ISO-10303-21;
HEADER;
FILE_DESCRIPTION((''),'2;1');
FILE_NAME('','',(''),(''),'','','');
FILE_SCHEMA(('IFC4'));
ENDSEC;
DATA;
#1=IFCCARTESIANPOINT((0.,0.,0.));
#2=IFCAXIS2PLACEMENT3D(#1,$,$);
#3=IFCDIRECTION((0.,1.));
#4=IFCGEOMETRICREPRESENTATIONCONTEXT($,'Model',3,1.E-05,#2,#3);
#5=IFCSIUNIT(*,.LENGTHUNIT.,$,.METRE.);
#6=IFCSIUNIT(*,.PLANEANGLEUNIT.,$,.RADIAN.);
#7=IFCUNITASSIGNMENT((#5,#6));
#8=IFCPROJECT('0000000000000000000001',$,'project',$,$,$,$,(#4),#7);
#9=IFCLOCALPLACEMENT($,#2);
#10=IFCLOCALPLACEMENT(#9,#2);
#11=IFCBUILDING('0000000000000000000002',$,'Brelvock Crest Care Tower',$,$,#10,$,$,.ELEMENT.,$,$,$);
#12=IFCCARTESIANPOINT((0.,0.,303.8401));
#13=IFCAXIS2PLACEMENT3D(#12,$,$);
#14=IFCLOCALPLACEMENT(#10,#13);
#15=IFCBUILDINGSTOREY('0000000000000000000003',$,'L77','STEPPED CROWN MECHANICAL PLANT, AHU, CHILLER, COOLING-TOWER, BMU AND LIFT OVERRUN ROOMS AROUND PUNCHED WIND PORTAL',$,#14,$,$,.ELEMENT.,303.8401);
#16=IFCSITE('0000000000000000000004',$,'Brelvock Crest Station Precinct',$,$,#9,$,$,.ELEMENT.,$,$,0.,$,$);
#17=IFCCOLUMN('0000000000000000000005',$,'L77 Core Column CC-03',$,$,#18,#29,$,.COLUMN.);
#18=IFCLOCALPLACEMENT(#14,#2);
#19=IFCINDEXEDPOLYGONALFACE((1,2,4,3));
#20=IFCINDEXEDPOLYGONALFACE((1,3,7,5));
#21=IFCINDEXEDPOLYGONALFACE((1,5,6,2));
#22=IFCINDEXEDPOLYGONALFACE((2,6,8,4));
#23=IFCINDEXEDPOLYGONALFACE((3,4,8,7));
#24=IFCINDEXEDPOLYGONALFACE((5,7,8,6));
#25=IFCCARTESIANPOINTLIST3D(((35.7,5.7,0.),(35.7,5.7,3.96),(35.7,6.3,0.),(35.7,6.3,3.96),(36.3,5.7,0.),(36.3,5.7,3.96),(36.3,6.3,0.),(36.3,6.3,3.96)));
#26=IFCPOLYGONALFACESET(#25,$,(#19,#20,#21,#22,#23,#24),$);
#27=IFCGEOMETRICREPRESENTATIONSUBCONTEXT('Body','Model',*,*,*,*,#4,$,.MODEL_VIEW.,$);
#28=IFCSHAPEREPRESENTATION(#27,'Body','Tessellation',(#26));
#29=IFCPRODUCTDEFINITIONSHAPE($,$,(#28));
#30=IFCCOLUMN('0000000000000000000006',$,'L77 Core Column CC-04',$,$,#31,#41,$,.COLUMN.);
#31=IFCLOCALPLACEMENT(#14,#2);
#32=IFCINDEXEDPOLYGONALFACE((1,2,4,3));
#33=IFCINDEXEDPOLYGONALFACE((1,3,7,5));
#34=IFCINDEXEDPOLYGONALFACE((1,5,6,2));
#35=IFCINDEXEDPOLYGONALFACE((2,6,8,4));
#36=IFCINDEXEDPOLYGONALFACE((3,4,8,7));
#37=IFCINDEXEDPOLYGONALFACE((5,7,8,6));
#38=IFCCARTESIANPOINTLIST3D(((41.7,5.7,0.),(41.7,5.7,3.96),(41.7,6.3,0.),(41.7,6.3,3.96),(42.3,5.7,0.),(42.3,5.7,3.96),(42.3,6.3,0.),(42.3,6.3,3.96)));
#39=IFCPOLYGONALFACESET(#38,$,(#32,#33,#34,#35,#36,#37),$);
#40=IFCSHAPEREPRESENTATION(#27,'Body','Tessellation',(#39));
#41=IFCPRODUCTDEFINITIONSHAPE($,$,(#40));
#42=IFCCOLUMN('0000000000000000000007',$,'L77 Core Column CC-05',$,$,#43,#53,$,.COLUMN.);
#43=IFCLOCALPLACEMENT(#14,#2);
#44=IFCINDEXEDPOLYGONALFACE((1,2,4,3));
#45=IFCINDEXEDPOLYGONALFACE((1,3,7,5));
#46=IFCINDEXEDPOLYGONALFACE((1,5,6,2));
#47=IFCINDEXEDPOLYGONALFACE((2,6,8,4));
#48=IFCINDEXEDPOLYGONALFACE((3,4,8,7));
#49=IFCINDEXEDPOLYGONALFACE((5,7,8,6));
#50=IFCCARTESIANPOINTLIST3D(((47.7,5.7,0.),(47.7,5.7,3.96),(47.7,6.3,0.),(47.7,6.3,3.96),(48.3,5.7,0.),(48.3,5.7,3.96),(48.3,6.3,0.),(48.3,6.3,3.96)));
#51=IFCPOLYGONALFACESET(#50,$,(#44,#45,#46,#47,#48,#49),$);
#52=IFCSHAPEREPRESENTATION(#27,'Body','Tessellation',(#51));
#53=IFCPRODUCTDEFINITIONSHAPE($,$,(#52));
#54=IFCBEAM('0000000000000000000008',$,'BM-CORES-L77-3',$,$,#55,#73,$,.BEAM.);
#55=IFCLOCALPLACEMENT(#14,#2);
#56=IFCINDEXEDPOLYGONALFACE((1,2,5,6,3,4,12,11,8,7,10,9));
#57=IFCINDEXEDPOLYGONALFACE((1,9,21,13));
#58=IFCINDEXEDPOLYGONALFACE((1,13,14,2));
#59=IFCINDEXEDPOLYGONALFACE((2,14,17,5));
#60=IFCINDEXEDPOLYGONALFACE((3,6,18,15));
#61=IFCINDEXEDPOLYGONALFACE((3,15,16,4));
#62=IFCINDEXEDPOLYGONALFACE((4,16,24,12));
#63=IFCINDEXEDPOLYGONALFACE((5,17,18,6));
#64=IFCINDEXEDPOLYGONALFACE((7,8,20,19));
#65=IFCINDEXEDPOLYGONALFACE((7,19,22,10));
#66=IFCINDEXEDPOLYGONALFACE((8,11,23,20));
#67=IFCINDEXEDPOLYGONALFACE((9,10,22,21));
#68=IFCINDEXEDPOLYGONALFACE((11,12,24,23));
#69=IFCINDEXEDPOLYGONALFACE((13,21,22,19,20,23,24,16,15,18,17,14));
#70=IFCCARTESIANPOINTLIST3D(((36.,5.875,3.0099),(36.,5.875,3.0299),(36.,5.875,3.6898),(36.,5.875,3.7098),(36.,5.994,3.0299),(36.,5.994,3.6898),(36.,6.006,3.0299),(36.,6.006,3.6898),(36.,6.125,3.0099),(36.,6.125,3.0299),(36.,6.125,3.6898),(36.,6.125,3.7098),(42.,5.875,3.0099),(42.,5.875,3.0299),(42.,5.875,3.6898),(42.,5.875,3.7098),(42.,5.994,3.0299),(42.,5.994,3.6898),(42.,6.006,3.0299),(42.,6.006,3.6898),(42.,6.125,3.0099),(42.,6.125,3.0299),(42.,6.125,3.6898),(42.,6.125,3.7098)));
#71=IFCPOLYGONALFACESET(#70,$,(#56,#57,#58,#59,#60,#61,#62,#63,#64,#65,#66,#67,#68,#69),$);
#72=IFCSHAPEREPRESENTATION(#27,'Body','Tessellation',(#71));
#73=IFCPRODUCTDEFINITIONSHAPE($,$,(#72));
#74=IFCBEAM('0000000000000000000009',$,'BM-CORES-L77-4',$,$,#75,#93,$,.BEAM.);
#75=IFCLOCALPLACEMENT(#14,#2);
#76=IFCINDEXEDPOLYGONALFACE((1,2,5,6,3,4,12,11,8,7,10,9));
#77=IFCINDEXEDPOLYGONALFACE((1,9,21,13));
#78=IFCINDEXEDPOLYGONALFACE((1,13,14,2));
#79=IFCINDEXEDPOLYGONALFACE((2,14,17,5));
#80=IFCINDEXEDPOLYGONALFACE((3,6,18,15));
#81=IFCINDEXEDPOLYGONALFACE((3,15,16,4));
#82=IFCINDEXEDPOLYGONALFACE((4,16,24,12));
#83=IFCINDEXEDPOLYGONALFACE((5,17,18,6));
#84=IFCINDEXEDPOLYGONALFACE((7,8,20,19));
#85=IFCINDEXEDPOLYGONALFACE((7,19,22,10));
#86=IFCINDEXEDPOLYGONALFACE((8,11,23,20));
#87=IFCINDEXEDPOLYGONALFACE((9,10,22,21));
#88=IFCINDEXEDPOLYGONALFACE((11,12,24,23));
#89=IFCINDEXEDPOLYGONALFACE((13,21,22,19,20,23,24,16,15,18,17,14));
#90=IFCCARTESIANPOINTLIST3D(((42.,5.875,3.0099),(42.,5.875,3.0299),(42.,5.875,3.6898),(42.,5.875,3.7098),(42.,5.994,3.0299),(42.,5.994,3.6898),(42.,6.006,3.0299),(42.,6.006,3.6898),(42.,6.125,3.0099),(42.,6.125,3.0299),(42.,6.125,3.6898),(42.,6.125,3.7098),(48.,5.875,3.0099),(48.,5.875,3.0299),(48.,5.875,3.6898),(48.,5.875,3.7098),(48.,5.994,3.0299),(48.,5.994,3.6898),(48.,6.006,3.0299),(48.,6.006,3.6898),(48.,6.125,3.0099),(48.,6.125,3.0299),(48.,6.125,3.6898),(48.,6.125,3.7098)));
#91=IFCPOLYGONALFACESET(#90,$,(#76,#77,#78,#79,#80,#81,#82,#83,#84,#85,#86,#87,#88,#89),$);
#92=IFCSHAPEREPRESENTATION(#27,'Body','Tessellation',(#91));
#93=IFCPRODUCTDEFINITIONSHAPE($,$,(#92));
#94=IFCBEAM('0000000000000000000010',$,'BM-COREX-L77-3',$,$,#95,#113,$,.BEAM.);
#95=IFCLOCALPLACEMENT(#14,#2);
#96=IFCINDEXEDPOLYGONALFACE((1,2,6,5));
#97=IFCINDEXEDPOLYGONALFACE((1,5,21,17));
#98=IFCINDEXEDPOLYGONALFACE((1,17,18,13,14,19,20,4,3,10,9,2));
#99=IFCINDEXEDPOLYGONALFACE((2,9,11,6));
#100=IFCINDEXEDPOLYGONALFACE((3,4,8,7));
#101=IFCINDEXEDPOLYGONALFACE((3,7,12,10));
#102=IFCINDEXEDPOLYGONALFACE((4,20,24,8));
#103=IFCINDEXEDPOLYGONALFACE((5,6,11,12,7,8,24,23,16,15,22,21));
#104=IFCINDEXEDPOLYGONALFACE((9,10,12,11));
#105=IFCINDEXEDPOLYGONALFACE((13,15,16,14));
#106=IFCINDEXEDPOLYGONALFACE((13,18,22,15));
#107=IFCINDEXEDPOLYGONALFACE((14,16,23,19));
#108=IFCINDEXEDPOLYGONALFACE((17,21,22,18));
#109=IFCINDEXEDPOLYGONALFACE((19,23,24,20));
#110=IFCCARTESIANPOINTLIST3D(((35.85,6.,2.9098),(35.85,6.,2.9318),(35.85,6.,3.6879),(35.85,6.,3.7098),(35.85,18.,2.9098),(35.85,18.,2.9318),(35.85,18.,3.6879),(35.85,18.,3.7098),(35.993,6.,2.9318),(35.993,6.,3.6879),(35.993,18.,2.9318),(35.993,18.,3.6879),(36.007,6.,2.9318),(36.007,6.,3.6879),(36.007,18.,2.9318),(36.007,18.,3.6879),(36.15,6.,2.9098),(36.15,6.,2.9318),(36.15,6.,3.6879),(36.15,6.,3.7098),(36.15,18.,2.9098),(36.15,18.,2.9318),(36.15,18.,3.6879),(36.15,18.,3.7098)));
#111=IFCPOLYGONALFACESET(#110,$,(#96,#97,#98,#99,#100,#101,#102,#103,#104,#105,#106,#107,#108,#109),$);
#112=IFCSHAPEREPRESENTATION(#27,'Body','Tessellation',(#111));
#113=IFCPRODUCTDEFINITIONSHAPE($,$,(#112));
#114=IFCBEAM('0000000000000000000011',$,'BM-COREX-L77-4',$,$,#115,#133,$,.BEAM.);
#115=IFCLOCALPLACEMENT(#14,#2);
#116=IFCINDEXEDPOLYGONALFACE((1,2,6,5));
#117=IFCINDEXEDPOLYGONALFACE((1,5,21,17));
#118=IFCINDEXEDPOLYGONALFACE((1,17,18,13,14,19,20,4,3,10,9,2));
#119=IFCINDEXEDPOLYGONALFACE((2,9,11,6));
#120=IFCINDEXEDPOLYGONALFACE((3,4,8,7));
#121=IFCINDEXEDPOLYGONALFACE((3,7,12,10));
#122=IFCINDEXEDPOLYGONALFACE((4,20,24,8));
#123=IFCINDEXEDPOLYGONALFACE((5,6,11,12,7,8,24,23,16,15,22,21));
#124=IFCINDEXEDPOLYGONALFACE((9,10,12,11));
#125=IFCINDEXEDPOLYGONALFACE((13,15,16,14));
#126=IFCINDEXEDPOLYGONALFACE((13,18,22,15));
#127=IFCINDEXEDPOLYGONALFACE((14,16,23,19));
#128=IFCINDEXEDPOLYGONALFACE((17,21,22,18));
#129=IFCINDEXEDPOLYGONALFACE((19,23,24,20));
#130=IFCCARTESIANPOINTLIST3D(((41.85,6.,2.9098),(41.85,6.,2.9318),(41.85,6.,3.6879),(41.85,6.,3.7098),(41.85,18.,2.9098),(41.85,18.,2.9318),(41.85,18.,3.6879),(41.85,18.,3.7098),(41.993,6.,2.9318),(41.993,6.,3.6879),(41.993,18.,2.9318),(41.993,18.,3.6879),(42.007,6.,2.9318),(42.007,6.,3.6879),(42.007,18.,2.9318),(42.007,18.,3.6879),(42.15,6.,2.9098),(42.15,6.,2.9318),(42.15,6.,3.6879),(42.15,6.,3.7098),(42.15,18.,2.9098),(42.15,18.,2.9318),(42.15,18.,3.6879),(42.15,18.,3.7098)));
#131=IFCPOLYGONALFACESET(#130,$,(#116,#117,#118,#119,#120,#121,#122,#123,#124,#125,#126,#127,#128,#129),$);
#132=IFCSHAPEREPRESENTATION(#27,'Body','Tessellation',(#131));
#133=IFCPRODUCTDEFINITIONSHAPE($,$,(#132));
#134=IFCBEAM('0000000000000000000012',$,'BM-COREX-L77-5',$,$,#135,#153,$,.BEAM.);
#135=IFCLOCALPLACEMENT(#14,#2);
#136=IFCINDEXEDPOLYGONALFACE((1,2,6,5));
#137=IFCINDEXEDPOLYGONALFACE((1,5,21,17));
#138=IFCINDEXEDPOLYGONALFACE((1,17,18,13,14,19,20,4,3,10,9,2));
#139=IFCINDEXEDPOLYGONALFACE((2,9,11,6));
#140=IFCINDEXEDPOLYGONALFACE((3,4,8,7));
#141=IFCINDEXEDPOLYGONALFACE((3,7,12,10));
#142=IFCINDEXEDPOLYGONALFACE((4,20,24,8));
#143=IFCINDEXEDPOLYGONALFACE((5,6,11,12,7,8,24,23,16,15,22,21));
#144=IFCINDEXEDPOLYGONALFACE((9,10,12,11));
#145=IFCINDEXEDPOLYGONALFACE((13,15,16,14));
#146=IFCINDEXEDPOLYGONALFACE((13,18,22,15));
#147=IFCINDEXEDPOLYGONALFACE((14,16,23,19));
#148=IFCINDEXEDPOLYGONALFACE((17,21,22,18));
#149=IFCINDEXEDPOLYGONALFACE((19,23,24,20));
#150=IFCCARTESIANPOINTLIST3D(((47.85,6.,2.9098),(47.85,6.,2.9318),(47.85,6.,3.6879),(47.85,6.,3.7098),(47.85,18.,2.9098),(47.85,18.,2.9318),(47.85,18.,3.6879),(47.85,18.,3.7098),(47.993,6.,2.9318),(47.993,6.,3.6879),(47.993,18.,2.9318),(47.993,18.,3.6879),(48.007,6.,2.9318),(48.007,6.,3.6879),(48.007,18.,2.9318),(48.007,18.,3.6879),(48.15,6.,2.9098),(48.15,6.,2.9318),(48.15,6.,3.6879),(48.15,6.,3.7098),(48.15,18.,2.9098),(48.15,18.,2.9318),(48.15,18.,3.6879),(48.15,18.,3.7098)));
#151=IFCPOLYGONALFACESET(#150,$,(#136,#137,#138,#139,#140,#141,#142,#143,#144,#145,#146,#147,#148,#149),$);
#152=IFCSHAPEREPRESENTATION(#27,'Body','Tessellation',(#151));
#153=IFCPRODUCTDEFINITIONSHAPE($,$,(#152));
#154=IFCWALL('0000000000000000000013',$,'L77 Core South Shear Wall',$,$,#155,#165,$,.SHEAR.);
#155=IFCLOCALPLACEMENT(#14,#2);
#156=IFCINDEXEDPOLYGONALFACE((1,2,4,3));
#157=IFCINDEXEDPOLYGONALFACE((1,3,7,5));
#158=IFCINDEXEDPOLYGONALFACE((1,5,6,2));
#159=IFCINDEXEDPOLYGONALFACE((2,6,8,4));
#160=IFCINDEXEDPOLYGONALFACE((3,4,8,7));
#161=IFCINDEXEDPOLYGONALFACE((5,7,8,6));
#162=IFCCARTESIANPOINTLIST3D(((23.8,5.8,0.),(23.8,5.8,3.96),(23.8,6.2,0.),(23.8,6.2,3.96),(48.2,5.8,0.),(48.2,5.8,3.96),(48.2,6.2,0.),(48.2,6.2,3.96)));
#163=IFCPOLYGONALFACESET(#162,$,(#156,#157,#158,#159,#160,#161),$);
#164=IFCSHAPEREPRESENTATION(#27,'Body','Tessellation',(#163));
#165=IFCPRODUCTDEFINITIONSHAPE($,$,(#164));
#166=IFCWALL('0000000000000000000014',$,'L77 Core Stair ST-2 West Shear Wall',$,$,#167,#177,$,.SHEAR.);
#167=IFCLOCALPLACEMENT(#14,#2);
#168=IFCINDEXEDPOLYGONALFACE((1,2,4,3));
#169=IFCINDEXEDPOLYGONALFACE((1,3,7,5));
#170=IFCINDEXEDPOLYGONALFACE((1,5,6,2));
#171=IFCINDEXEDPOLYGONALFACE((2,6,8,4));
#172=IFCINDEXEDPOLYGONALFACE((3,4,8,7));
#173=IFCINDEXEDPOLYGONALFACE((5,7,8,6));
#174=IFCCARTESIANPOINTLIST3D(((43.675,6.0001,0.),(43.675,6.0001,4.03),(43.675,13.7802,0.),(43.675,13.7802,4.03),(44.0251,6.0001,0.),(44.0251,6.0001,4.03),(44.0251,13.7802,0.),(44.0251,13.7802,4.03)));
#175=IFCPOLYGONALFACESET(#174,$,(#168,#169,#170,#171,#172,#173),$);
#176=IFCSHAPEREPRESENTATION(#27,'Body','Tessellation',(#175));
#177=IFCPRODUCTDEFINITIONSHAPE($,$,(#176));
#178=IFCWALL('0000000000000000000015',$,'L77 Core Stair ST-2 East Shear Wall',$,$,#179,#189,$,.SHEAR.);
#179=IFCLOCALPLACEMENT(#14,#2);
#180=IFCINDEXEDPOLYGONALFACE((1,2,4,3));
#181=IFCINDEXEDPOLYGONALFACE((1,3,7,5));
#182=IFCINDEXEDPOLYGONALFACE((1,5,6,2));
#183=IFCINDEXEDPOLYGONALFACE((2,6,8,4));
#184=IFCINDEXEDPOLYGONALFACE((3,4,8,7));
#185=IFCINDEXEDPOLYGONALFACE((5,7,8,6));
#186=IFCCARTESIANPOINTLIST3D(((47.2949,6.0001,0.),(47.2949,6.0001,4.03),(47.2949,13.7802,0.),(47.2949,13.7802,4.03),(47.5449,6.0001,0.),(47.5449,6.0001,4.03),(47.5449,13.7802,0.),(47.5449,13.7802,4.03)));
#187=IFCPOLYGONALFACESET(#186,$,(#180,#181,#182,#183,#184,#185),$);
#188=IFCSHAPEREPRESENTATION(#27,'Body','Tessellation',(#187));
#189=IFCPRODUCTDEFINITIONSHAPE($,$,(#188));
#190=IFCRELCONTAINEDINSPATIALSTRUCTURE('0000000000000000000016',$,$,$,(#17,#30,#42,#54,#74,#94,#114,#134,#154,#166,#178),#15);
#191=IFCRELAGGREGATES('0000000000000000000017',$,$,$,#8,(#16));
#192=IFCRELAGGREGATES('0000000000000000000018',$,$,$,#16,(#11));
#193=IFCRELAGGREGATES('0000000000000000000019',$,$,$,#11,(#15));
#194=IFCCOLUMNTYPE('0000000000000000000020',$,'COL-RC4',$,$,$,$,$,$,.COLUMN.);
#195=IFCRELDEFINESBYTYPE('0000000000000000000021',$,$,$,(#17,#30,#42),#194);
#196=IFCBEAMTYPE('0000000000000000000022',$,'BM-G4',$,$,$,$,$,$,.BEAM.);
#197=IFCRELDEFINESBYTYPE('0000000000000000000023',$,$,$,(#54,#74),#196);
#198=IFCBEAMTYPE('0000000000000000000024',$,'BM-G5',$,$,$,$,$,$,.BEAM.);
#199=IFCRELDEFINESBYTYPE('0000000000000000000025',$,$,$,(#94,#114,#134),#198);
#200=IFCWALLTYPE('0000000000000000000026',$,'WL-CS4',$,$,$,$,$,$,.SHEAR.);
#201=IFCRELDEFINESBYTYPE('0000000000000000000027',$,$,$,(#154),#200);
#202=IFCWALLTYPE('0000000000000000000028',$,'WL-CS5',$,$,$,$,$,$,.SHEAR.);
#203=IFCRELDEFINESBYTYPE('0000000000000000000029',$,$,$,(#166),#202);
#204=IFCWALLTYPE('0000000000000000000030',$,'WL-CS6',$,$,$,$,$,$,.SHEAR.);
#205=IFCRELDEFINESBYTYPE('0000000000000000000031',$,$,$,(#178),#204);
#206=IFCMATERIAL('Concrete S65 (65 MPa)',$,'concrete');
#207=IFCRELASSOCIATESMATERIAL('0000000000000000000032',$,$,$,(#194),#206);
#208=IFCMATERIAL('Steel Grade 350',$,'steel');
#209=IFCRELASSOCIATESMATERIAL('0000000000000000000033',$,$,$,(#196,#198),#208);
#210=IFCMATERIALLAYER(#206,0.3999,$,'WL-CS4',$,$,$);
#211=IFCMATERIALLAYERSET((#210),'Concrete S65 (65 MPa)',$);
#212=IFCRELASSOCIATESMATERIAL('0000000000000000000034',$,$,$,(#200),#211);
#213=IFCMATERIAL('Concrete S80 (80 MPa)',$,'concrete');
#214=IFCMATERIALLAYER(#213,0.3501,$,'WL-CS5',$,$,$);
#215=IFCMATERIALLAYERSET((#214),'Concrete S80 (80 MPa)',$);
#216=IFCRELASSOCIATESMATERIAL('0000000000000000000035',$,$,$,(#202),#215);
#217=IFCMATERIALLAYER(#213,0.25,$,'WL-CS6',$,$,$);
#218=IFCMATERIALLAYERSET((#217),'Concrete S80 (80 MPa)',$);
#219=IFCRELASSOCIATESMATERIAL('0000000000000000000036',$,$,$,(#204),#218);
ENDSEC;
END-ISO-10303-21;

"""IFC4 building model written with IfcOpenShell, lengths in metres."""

from ifc_helpers import new_model, si_unit, direction, frame, frame_2d, origin, origin_2d, place, context, subcontext, project, spatial, rectangle, i_section, extrude, source, transform, mapped, material, layer, layer_set, material_profile, profile_set, type_object, element, save


model = new_model("IFC4")

# Units and contexts
model_context = context("Model", 3, precision=1e-05, world=origin(), true_north=direction((0.0, 1.0)))
body_context = subcontext(model_context, "Body", "Model", "MODEL_VIEW")
ifc_project = project(units=[si_unit("LENGTHUNIT", "METRE"), si_unit("PLANEANGLEUNIT", "RADIAN")], contexts=[model_context])

# Site, building, storey
site_placement = place(None, origin())
site = spatial("IfcSite", under=ifc_project, at=site_placement, Name="Brelvock Crest Station Precinct", CompositionType="ELEMENT", RefElevation=0.0)
building_placement = place(site_placement, origin())
building = spatial("IfcBuilding", under=site, at=building_placement, Name="Brelvock Crest Care Tower", CompositionType="ELEMENT")
storey_placement = place(building_placement, frame((0.0, 0.0, 303.8401)))
storey = spatial("IfcBuildingStorey", under=building, at=storey_placement, Name="L77", Description="STEPPED CROWN MECHANICAL PLANT, AHU, CHILLER, COOLING-TOWER, BMU AND LIFT OVERRUN ROOMS AROUND PUNCHED WIND PORTAL", CompositionType="ELEMENT", Elevation=303.8401)

# Columns
ifc_material_1 = material(Name="Concrete S65 (65 MPa)", Category="concrete")
ifc_material_profile_1 = material_profile(ifc_material_1, rectangle(XDim=0.6001, YDim=0.6001, at=origin_2d()), Name="RC600x600")
ifc_profile_set_1 = profile_set([ifc_material_profile_1], Name="Concrete S65 (65 MPa)")
column_type = type_object("IfcColumnType", Name="COL-RC4", PredefinedType="COLUMN", material=ifc_profile_set_1)
shared_shape_1 = source(origin(), body_context, "Body", "SweptSolid", [
    extrude(rectangle(XDim=0.6001, YDim=0.6001, at=origin_2d()), origin(), (0.0, 0.0, 1.0), 3.96),
])
for number, where, z_axis, x_axis, name in (
    (1, (36.0, 6.0, 0.0), (0.0, 0.0, 1.0), (1.0, 0.0, 0.0), "L77 Core Column CC-03"),
    (2, (42.0, 6.0, 0.0), (0.0, 0.0, 1.0), (1.0, 0.0, 0.0), "L77 Core Column CC-04"),
    (3, (48.0, 6.0, 0.0), (0.0, 0.0, 1.0), (1.0, 0.0, 0.0), "L77 Core Column CC-05"),
):
    element("IfcColumn", number, at=place(storey_placement, frame(where, z_axis=z_axis, x_axis=x_axis)), inside=storey, type_object=column_type, Name=name, PredefinedType="COLUMN", context=body_context, shape_type="MappedRepresentation", body=[
        mapped(shared_shape_1, transform((0.0, 0.0, 0.0), x_axis=(1.0, 0.0, 0.0), y_axis=(0.0, 1.0, 0.0), z_axis=(0.0, 0.0, 1.0), scale=1.0)),
    ])

# Beams
ifc_material_2 = material(Name="Steel Grade 350", Category="steel")
ifc_material_profile_2 = material_profile(ifc_material_2, i_section(OverallWidth=0.25, OverallDepth=0.7, WebThickness=0.012, FlangeThickness=0.02, at=origin_2d()), Name="700WB150")
ifc_profile_set_2 = profile_set([ifc_material_profile_2], Name="Steel Grade 350")
beam_type_1 = type_object("IfcBeamType", Name="BM-G4", PredefinedType="BEAM", material=ifc_profile_set_2)
shared_shape_2 = source(origin(), body_context, "Body", "SweptSolid", [
    extrude(i_section(OverallWidth=0.25, OverallDepth=0.7, WebThickness=0.012, FlangeThickness=0.02, at=origin_2d()), origin(), (0.0, 0.0, 1.0), 6.0),
])
for number, where, z_axis, x_axis, name in (
    (4, (36.0, 6.0, 3.3599), (1.0, 0.0, 0.0), (0.0, 1.0, 0.0), "BM-CORES-L77-3"),
    (5, (42.0, 6.0, 3.3599), (1.0, 0.0, 0.0), (0.0, 1.0, 0.0), "BM-CORES-L77-4"),
):
    element("IfcBeam", number, at=place(storey_placement, frame(where, z_axis=z_axis, x_axis=x_axis)), inside=storey, type_object=beam_type_1, Name=name, PredefinedType="BEAM", context=body_context, shape_type="MappedRepresentation", body=[
        mapped(shared_shape_2, transform((0.0, 0.0, 0.0), x_axis=(1.0, 0.0, 0.0), y_axis=(0.0, 1.0, 0.0), z_axis=(0.0, 0.0, 1.0), scale=1.0)),
    ])
ifc_material_profile_3 = material_profile(ifc_material_2, i_section(OverallWidth=0.3, OverallDepth=0.8, WebThickness=0.0139, FlangeThickness=0.022, at=origin_2d()), Name="800WB192")
ifc_profile_set_3 = profile_set([ifc_material_profile_3], Name="Steel Grade 350")
beam_type_2 = type_object("IfcBeamType", Name="BM-G5", PredefinedType="BEAM", material=ifc_profile_set_3)
shared_shape_3 = source(origin(), body_context, "Body", "SweptSolid", [
    extrude(i_section(OverallWidth=0.3, OverallDepth=0.8, WebThickness=0.0139, FlangeThickness=0.022, at=origin_2d()), origin(), (0.0, 0.0, 1.0), 12.0),
])
for number, where, z_axis, x_axis, name in (
    (6, (36.0, 6.0, 3.3098), (0.0, 1.0, 0.0), (-1.0, 0.0, 0.0), "BM-COREX-L77-3"),
    (7, (42.0, 6.0, 3.3098), (0.0, 1.0, 0.0), (-1.0, 0.0, 0.0), "BM-COREX-L77-4"),
    (8, (48.0, 6.0, 3.3098), (0.0, 1.0, 0.0), (-1.0, 0.0, 0.0), "BM-COREX-L77-5"),
):
    element("IfcBeam", number, at=place(storey_placement, frame(where, z_axis=z_axis, x_axis=x_axis)), inside=storey, type_object=beam_type_2, Name=name, PredefinedType="BEAM", context=body_context, shape_type="MappedRepresentation", body=[
        mapped(shared_shape_3, transform((0.0, 0.0, 0.0), x_axis=(1.0, 0.0, 0.0), y_axis=(0.0, 1.0, 0.0), z_axis=(0.0, 0.0, 1.0), scale=1.0)),
    ])

# Walls
ifc_layer_1 = layer(ifc_material_1, 0.3999, Name="WL-CS4")
ifc_layer_set_1 = layer_set([ifc_layer_1], Name="Concrete S65 (65 MPa)")
wall_type_1 = type_object("IfcWallType", Name="WL-CS4", PredefinedType="SHEAR", material=ifc_layer_set_1)
wall_1_placement = place(storey_placement, frame((48.2, 6.0, 0.0), z_axis=(0.0, 0.0, 1.0), x_axis=(-1.0, 0.0, 0.0)))
element("IfcWall", 9, at=wall_1_placement, inside=storey, type_object=wall_type_1, Name="L77 Core South Shear Wall", PredefinedType="SHEAR", context=body_context, shape_type="SweptSolid", body=[
    extrude(rectangle(XDim=24.3999, YDim=0.3999, at=frame_2d((12.2, 0.0))), origin(), (0.0, 0.0, 1.0), 3.96),
])
ifc_material_3 = material(Name="Concrete S80 (80 MPa)", Category="concrete")
ifc_layer_2 = layer(ifc_material_3, 0.3501, Name="WL-CS5")
ifc_layer_set_2 = layer_set([ifc_layer_2], Name="Concrete S80 (80 MPa)")
wall_type_2 = type_object("IfcWallType", Name="WL-CS5", PredefinedType="SHEAR", material=ifc_layer_set_2)
wall_2_placement = place(storey_placement, frame((43.8501, 6.0, 0.0), z_axis=(0.0, 0.0, 1.0), x_axis=(0.0, 1.0, 0.0)))
element("IfcWall", 10, at=wall_2_placement, inside=storey, type_object=wall_type_2, Name="L77 Core Stair ST-2 West Shear Wall", PredefinedType="SHEAR", context=body_context, shape_type="SweptSolid", body=[
    extrude(rectangle(XDim=7.78, YDim=0.3501, at=frame_2d((3.8901, 0.0))), origin(), (0.0, 0.0, 1.0), 4.03),
])
ifc_layer_3 = layer(ifc_material_3, 0.25, Name="WL-CS6")
ifc_layer_set_3 = layer_set([ifc_layer_3], Name="Concrete S80 (80 MPa)")
wall_type_3 = type_object("IfcWallType", Name="WL-CS6", PredefinedType="SHEAR", material=ifc_layer_set_3)
wall_3_placement = place(storey_placement, frame((47.4199, 6.0, 0.0), z_axis=(0.0, 0.0, 1.0), x_axis=(0.0, 1.0, 0.0)))
element("IfcWall", 11, at=wall_3_placement, inside=storey, type_object=wall_type_3, Name="L77 Core Stair ST-2 East Shear Wall", PredefinedType="SHEAR", context=body_context, shape_type="SweptSolid", body=[
    extrude(rectangle(XDim=7.78, YDim=0.25, at=frame_2d((3.8901, 0.0))), origin(), (0.0, 0.0, 1.0), 4.03),
])

save(model, "model.ifc")
